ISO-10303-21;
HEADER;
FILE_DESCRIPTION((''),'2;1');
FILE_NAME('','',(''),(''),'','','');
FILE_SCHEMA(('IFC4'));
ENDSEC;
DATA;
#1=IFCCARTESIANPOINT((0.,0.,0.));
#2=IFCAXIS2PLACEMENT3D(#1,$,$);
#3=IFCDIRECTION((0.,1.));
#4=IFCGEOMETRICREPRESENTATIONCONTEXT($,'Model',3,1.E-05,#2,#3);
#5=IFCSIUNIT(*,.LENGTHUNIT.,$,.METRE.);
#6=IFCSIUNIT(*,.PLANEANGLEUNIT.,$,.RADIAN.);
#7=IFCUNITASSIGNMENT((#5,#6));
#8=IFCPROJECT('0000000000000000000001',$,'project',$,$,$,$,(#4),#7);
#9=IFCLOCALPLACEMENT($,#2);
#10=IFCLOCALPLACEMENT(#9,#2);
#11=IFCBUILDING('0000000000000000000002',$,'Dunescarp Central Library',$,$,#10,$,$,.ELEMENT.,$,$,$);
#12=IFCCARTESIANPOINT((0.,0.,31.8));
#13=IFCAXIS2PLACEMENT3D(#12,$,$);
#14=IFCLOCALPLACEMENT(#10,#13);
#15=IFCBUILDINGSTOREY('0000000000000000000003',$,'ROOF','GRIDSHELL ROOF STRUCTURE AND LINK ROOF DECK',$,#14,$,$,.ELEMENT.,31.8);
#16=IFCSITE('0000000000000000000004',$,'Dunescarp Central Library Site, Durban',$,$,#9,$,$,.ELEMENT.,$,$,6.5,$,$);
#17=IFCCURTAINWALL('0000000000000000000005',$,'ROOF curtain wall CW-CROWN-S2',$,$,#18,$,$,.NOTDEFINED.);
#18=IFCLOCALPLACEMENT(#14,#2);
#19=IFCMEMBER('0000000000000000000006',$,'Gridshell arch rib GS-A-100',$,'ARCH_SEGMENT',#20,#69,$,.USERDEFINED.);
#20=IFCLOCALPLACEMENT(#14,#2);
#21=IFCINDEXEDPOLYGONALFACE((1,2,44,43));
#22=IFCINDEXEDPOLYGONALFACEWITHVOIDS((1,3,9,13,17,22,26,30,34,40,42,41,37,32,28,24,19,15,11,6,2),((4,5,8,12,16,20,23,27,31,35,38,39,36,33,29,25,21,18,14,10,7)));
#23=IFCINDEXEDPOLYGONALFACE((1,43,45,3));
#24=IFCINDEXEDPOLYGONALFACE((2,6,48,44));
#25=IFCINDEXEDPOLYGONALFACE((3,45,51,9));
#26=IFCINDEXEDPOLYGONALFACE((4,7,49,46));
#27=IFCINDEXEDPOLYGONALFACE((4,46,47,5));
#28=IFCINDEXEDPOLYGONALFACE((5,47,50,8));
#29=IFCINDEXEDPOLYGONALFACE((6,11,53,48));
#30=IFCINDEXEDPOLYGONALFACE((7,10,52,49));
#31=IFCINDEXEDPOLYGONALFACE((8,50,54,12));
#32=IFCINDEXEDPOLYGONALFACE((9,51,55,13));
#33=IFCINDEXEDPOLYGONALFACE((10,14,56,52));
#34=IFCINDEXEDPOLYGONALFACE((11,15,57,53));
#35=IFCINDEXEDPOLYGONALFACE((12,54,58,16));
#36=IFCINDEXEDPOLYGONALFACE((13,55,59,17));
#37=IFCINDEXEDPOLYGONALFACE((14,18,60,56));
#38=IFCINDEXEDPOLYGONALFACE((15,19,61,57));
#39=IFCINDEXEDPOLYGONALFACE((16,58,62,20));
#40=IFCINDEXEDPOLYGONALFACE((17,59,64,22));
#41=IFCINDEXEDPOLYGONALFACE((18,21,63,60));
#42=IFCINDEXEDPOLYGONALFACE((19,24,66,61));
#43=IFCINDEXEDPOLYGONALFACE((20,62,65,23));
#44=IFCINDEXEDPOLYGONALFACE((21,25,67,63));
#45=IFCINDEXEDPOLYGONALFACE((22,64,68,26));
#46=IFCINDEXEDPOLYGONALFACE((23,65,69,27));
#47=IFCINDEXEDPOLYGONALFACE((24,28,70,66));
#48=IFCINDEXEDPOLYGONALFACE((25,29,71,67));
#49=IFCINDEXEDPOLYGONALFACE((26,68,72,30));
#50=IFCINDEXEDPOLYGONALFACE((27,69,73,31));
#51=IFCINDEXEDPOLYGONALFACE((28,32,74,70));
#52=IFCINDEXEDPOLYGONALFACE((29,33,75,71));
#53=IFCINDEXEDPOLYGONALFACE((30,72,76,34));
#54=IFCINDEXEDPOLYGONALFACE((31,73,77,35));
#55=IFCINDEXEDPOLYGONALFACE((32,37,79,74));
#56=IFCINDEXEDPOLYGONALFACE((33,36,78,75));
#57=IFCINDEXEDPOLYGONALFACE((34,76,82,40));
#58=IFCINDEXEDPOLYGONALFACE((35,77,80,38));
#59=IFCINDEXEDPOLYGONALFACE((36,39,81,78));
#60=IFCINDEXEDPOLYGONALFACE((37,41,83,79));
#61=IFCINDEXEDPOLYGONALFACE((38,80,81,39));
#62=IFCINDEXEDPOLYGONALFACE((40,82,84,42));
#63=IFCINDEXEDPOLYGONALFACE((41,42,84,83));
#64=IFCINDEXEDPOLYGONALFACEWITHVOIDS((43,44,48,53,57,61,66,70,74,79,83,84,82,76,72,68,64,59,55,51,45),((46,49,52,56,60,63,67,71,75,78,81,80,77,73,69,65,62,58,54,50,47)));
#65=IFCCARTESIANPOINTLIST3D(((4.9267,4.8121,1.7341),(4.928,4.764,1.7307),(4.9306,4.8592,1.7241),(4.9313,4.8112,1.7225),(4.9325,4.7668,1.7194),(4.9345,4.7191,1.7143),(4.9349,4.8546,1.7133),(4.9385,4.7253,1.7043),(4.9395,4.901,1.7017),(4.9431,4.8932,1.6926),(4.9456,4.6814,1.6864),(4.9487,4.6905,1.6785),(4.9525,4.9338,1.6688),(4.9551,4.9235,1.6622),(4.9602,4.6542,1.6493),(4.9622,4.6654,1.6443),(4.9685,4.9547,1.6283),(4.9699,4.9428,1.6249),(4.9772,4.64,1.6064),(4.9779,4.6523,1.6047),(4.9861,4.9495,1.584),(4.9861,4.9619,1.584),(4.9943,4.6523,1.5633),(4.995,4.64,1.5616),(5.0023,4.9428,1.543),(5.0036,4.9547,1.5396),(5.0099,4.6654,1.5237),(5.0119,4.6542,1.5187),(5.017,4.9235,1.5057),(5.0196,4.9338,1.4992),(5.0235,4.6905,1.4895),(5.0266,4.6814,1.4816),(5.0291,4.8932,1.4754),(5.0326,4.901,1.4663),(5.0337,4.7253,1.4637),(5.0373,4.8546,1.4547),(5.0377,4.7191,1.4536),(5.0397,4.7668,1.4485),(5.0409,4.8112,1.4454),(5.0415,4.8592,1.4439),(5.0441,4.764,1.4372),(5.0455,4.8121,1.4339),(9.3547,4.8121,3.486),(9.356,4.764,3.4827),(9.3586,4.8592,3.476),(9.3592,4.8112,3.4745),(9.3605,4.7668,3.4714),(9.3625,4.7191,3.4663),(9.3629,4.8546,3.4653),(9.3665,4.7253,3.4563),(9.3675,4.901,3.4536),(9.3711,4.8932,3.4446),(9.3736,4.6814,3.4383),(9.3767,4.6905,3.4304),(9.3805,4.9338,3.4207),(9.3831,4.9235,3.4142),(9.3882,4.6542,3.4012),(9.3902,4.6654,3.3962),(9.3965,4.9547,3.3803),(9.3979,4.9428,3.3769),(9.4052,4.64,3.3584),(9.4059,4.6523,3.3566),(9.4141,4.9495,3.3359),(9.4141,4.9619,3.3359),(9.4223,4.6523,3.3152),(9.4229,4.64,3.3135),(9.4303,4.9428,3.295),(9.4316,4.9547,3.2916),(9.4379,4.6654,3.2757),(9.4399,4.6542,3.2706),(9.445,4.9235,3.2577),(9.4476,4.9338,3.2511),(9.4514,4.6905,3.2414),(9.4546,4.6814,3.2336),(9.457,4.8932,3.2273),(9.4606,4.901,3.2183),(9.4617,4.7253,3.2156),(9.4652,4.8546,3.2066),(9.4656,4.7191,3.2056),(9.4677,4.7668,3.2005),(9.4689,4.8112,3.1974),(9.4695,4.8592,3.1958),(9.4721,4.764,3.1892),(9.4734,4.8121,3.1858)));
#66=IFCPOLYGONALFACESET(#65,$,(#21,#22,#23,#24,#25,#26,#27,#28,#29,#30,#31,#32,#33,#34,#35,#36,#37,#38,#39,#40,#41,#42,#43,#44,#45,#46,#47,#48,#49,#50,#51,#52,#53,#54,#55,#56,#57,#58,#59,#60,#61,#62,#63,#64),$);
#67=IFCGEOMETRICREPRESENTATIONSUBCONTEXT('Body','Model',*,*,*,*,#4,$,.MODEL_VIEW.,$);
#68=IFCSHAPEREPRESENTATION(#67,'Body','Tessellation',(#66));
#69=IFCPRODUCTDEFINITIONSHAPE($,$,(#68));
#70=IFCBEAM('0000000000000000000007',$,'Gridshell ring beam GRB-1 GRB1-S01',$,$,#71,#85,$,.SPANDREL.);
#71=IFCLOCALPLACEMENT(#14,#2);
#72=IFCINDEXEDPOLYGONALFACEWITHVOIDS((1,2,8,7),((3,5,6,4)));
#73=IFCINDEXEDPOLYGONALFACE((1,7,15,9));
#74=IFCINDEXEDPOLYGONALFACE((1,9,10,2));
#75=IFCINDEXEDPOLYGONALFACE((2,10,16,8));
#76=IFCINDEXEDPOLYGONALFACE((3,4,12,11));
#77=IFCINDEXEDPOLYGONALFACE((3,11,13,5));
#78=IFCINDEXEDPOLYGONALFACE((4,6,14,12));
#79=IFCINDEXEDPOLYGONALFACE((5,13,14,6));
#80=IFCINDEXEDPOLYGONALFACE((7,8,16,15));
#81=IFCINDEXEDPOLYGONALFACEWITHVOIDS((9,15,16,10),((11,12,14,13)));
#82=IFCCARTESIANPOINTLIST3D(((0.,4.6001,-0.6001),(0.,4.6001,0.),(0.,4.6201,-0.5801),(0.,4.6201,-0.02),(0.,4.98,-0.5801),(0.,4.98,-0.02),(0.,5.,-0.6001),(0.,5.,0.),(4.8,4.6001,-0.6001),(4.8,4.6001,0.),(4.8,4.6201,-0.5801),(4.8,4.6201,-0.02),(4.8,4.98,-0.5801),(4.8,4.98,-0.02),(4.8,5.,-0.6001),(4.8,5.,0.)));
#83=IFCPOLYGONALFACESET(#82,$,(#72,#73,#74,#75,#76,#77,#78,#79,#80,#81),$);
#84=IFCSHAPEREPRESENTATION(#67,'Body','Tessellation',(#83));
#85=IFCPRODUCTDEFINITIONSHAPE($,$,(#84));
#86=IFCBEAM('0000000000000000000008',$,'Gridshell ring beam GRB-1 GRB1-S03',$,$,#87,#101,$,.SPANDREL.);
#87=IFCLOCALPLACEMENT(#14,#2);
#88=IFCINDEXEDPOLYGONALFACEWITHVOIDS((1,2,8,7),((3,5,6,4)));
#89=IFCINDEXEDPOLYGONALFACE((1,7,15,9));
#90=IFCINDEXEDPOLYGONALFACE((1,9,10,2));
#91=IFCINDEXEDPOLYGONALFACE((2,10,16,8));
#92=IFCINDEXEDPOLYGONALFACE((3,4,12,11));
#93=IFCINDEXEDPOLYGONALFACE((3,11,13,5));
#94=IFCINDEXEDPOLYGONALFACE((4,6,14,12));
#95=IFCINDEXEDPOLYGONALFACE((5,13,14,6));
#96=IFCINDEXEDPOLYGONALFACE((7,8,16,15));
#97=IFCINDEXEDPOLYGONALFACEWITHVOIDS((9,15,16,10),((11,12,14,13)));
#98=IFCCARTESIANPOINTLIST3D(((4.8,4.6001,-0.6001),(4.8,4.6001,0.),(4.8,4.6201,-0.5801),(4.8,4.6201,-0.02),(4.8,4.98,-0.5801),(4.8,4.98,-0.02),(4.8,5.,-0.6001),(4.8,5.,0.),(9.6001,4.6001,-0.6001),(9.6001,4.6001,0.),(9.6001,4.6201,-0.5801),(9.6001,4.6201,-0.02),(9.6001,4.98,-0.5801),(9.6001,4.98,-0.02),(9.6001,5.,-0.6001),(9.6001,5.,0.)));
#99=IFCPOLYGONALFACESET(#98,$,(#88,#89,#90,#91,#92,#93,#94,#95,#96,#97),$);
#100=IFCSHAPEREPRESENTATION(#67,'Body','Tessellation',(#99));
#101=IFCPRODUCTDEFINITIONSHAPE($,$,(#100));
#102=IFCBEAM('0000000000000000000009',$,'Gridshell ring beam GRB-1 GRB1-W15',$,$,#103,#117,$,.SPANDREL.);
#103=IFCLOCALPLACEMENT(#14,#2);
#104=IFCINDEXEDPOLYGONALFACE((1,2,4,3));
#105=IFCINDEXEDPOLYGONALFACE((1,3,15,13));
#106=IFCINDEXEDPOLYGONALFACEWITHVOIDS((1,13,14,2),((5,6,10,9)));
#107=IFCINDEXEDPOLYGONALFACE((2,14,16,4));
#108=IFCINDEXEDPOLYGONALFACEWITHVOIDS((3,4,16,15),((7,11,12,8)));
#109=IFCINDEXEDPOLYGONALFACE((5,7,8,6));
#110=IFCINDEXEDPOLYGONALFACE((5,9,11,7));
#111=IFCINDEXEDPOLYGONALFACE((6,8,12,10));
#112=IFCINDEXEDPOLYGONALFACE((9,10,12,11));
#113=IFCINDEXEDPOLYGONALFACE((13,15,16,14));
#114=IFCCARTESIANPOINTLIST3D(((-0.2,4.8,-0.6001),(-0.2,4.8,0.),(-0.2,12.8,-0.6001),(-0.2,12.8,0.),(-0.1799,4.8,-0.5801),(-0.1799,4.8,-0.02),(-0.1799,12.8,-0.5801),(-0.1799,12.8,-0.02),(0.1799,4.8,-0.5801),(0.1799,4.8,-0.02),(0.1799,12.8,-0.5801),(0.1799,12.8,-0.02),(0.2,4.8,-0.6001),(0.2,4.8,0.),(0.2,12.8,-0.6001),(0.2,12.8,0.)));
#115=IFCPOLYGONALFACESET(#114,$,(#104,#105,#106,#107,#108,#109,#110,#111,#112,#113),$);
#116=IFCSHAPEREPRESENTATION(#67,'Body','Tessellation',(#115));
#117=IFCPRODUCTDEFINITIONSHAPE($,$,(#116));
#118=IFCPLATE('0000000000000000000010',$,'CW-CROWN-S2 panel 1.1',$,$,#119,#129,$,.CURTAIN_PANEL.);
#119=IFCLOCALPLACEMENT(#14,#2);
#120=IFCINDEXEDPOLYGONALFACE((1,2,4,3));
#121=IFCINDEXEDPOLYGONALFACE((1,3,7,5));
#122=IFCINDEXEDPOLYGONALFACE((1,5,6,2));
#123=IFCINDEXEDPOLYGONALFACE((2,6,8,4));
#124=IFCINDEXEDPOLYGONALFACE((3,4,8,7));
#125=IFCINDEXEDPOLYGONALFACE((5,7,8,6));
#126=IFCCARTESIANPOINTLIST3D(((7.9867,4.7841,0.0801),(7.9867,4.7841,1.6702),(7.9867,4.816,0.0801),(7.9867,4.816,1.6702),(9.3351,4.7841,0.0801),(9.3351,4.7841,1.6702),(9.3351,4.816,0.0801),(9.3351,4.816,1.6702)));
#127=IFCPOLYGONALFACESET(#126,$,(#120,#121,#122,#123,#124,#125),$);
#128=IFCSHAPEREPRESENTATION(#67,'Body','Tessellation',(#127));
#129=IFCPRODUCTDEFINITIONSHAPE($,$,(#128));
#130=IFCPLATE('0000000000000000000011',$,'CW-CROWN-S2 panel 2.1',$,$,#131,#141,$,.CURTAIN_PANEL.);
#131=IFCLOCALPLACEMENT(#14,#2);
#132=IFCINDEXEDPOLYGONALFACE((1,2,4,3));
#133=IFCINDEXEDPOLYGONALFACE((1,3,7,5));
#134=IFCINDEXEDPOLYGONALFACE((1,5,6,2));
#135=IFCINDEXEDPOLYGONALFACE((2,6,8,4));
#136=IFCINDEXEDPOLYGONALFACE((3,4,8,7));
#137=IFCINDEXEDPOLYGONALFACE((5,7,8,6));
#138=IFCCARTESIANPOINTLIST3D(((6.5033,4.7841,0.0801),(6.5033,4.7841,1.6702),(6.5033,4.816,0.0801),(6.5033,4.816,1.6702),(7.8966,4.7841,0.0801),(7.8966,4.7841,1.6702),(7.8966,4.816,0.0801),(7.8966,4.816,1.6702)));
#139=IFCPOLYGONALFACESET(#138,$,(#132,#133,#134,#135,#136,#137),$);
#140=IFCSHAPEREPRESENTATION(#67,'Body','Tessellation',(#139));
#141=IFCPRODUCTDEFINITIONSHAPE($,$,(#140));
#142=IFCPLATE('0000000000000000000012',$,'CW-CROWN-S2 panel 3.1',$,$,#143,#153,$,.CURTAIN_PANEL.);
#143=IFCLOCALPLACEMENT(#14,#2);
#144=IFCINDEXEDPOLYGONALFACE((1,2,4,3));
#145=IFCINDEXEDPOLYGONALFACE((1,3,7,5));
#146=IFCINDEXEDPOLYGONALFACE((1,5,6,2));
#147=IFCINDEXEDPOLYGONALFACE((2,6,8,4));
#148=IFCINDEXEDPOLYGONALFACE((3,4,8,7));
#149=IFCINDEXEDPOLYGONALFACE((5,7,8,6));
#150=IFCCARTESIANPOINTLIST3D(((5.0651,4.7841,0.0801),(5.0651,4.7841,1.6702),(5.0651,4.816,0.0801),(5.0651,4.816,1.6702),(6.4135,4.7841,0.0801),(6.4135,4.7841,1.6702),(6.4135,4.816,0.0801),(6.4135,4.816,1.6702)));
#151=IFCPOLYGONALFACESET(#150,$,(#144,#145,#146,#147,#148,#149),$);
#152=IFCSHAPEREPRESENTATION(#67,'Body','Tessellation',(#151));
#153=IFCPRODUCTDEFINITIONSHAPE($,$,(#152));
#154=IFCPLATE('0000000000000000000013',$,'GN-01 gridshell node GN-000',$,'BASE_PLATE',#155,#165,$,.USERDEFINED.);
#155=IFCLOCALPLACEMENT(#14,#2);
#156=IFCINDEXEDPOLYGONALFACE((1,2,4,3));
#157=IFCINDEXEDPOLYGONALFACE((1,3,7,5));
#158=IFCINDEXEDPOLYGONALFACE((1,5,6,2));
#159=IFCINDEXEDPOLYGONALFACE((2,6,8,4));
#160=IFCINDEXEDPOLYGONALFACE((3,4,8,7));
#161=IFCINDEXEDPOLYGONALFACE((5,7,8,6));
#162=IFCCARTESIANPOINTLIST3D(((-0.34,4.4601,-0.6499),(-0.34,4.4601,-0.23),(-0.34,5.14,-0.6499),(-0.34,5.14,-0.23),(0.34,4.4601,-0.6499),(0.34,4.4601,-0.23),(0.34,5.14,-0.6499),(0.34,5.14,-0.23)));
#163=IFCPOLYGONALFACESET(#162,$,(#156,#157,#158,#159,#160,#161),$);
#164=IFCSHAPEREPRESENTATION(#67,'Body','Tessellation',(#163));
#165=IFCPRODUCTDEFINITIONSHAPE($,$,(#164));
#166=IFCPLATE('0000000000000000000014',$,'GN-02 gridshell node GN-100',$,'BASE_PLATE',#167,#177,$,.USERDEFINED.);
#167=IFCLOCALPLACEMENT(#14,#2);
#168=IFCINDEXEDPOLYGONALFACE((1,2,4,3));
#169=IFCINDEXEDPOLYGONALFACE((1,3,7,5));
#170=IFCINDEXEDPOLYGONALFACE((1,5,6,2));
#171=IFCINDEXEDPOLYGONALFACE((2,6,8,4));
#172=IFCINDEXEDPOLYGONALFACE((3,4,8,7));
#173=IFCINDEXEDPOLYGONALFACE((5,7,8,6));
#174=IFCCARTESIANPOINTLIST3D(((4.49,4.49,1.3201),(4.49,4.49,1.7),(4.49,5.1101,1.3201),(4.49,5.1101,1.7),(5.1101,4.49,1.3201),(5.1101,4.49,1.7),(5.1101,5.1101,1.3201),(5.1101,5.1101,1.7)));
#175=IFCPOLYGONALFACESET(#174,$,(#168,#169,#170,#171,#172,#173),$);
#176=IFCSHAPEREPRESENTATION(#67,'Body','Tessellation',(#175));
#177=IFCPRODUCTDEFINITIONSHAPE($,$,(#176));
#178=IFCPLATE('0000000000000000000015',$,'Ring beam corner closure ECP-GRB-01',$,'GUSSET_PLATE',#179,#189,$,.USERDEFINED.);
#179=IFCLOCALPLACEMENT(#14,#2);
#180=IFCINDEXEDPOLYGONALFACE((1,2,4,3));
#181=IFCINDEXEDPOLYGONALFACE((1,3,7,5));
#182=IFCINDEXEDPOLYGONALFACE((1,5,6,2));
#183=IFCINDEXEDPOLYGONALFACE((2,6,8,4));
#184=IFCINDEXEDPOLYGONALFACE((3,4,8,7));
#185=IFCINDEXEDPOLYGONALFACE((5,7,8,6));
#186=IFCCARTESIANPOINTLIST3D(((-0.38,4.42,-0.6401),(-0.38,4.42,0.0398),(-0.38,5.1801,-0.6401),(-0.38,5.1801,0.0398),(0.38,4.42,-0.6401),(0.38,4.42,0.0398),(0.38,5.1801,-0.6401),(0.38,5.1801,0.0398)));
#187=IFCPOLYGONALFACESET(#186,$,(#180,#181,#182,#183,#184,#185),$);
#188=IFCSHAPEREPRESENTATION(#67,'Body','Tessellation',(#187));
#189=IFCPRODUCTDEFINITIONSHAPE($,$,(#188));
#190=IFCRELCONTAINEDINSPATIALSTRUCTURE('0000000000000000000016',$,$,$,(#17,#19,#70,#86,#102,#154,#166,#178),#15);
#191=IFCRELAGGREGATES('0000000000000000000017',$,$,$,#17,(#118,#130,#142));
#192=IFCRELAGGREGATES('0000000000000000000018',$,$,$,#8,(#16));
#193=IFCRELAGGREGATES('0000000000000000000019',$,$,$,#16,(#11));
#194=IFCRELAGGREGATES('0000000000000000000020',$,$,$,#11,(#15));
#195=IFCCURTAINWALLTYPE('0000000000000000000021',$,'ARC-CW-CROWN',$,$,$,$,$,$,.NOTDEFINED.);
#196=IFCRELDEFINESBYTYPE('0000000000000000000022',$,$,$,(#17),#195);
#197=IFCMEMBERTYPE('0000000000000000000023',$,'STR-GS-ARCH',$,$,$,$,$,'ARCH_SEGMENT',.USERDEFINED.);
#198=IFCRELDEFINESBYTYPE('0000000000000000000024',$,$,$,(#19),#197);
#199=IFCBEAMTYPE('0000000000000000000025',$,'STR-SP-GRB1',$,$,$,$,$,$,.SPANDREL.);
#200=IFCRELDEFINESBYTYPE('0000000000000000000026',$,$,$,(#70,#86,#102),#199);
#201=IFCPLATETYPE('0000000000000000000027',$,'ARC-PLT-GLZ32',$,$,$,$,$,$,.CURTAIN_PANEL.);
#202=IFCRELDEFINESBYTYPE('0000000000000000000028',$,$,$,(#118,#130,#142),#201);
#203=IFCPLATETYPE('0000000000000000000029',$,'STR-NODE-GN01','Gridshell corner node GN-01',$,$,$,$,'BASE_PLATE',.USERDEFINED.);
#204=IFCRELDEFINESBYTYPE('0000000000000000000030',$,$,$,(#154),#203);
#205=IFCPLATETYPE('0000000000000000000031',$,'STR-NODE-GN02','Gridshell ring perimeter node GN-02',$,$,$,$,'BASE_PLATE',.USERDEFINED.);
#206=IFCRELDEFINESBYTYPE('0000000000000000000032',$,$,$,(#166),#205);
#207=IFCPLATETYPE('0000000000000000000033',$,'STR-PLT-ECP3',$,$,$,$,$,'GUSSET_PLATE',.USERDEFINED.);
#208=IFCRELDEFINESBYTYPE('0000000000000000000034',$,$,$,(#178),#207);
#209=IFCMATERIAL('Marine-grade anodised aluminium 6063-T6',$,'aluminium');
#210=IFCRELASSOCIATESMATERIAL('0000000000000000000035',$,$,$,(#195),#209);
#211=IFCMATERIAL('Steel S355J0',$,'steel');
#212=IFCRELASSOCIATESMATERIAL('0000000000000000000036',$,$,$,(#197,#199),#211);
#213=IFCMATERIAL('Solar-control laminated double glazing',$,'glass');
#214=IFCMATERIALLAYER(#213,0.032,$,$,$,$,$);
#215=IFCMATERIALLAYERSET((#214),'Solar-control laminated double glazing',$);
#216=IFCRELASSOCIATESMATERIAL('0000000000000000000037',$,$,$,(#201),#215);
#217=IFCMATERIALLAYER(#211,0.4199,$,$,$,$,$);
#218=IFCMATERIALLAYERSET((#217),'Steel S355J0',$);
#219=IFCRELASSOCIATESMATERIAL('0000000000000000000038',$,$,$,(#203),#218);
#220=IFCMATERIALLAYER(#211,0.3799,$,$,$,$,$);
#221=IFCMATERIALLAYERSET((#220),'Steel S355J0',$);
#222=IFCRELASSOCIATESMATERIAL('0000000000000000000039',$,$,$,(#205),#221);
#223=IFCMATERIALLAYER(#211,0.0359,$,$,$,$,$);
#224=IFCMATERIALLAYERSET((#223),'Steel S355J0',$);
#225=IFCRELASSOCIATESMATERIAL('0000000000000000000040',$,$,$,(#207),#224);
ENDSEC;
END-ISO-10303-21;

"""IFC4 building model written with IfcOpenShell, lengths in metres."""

from ifc_helpers import new_model, si_unit, direction, frame, origin, origin_2d, place, context, subcontext, project, spatial, rectangle, hollow_rectangle, hollow_circle, extrude, material, layer, layer_set, material_profile, profile_set, type_object, element, aggregate, save


model = new_model("IFC4")

# Units and contexts
model_context = context("Model", 3, precision=1e-05, world=origin(), true_north=direction((0.0, 1.0)))
body_context = subcontext(model_context, "Body", "Model", "MODEL_VIEW")
ifc_project = project(units=[si_unit("LENGTHUNIT", "METRE"), si_unit("PLANEANGLEUNIT", "RADIAN")], contexts=[model_context])

# Site, building, storey
site_placement = place(None, origin())
site = spatial("IfcSite", under=ifc_project, at=site_placement, Name="Dunescarp Central Library Site, Durban", CompositionType="ELEMENT", RefElevation=6.5)
building_placement = place(site_placement, origin())
building = spatial("IfcBuilding", under=site, at=building_placement, Name="Dunescarp Central Library", CompositionType="ELEMENT")
storey_placement = place(building_placement, frame((0.0, 0.0, 31.8)))
storey = spatial("IfcBuildingStorey", under=building, at=storey_placement, Name="ROOF", Description="GRIDSHELL ROOF STRUCTURE AND LINK ROOF DECK", CompositionType="ELEMENT", Elevation=31.8)

# Curtain wall
ifc_material_1 = material(Name="Marine-grade anodised aluminium 6063-T6", Category="aluminium")
curtain_wall_type = type_object("IfcCurtainWallType", Name="ARC-CW-CROWN", PredefinedType="NOTDEFINED", material=ifc_material_1)
curtain_wall_placement = place(storey_placement, origin())
curtain_wall = element("IfcCurtainWall", 1, at=curtain_wall_placement, inside=storey, type_object=curtain_wall_type, Name="ROOF curtain wall CW-CROWN-S2", PredefinedType="NOTDEFINED")

# Member
ifc_material_2 = material(Name="Steel S355J0", Category="steel")
ifc_material_profile_1 = material_profile(ifc_material_2, hollow_circle(Radius=0.1619, WallThickness=0.0125, at=origin_2d()), Name="CHS 323.9x12.5")
ifc_profile_set_1 = profile_set([ifc_material_profile_1], Name="Steel S355J0")
member_type_1 = type_object("IfcMemberType", Name="STR-GS-ARCH", ElementType="ARCH_SEGMENT", PredefinedType="USERDEFINED", material=ifc_profile_set_1)
member_1_placement = place(storey_placement, frame((4.9861, 4.8, 1.584), z_axis=(0.929863, 0.0, 0.367905), x_axis=(0.0, 1.0, 0.0)))
element("IfcMember", 2, at=member_1_placement, inside=storey, type_object=member_type_1, Name="Gridshell arch rib GS-A-100", ObjectType="ARCH_SEGMENT", PredefinedType="USERDEFINED", context=body_context, shape_type="SweptSolid", body=[
    extrude(hollow_circle(Radius=0.1619, WallThickness=0.0125, at=origin_2d()), origin(), (0.0, 0.0, 1.0), 4.762),
])

# Beams
ifc_material_profile_2 = material_profile(ifc_material_2, hollow_rectangle(XDim=0.3999, YDim=0.6001, WallThickness=0.02, at=origin_2d()), Name="RHS 600x400x20")
ifc_profile_set_2 = profile_set([ifc_material_profile_2], Name="Steel S355J0")
beam_type = type_object("IfcBeamType", Name="STR-SP-GRB1", PredefinedType="SPANDREL", material=ifc_profile_set_2)
for number, where, z_axis, x_axis, name in (
    (3, (0.0, 4.8, -0.3), (1.0, 0.0, 0.0), (0.0, 1.0, 0.0), "Gridshell ring beam GRB-1 GRB1-S01"),
    (4, (4.8, 4.8, -0.3), (1.0, 0.0, 0.0), (0.0, 1.0, 0.0), "Gridshell ring beam GRB-1 GRB1-S03"),
):
    element("IfcBeam", number, at=place(storey_placement, frame(where, z_axis=z_axis, x_axis=x_axis)), inside=storey, type_object=beam_type, Name=name, PredefinedType="SPANDREL", context=body_context, shape_type="SweptSolid", body=[
        extrude(hollow_rectangle(XDim=0.3999, YDim=0.6001, WallThickness=0.02, at=origin_2d()), origin(), (0.0, 0.0, 1.0), 4.8),
    ])
beam_placement = place(storey_placement, frame((0.0, 4.8, -0.3), z_axis=(0.0, 1.0, 0.0), x_axis=(-1.0, 0.0, 0.0)))
element("IfcBeam", 5, at=beam_placement, inside=storey, type_object=beam_type, Name="Gridshell ring beam GRB-1 GRB1-W15", PredefinedType="SPANDREL", context=body_context, shape_type="SweptSolid", body=[
    extrude(hollow_rectangle(XDim=0.3999, YDim=0.6001, WallThickness=0.02, at=origin_2d()), origin(), (0.0, 0.0, 1.0), 8.0),
])

# Plates
ifc_material_3 = material(Name="Solar-control laminated double glazing", Category="glass")
ifc_layer_1 = layer(ifc_material_3, 0.032)
ifc_layer_set_1 = layer_set([ifc_layer_1], Name="Solar-control laminated double glazing")
plate_type_1 = type_object("IfcPlateType", Name="ARC-PLT-GLZ32", PredefinedType="CURTAIN_PANEL", material=ifc_layer_set_1)
plate_1_placement = place(storey_placement, frame((8.6609, 4.8, 0.0801), z_axis=(0.0, 0.0, 1.0), x_axis=(-1.0, 0.0, 0.0)))
plate_1 = element("IfcPlate", 6, at=plate_1_placement, type_object=plate_type_1, Name="CW-CROWN-S2 panel 1.1", PredefinedType="CURTAIN_PANEL", context=body_context, shape_type="SweptSolid", body=[
    extrude(rectangle(XDim=1.3484, YDim=0.032, at=origin_2d()), origin(), (0.0, 0.0, 1.0), 1.5901),
])
plate_2_placement = place(storey_placement, frame((7.2, 4.8, 0.0801), z_axis=(0.0, 0.0, 1.0), x_axis=(-1.0, 0.0, 0.0)))
plate_2 = element("IfcPlate", 7, at=plate_2_placement, type_object=plate_type_1, Name="CW-CROWN-S2 panel 2.1", PredefinedType="CURTAIN_PANEL", context=body_context, shape_type="SweptSolid", body=[
    extrude(rectangle(XDim=1.3933, YDim=0.032, at=origin_2d()), origin(), (0.0, 0.0, 1.0), 1.5901),
])
plate_3_placement = place(storey_placement, frame((5.7393, 4.8, 0.0801), z_axis=(0.0, 0.0, 1.0), x_axis=(-1.0, 0.0, 0.0)))
plate_3 = element("IfcPlate", 8, at=plate_3_placement, type_object=plate_type_1, Name="CW-CROWN-S2 panel 3.1", PredefinedType="CURTAIN_PANEL", context=body_context, shape_type="SweptSolid", body=[
    extrude(rectangle(XDim=1.3484, YDim=0.032, at=origin_2d()), origin(), (0.0, 0.0, 1.0), 1.5901),
])
aggregate(curtain_wall, [plate_1, plate_2, plate_3])

# Plates
ifc_layer_2 = layer(ifc_material_2, 0.4199)
ifc_layer_set_2 = layer_set([ifc_layer_2], Name="Steel S355J0")
plate_type_2 = type_object("IfcPlateType", Name="STR-NODE-GN01", Description="Gridshell corner node GN-01", ElementType="BASE_PLATE", PredefinedType="USERDEFINED", material=ifc_layer_set_2)
plate_4_placement = place(storey_placement, frame((0.0, 4.8, -0.6499), z_axis=(0.0, 0.0, 1.0), x_axis=(1.0, 0.0, 0.0)))
element("IfcPlate", 9, at=plate_4_placement, inside=storey, type_object=plate_type_2, Name="GN-01 gridshell node GN-000", ObjectType="BASE_PLATE", PredefinedType="USERDEFINED", context=body_context, shape_type="SweptSolid", body=[
    extrude(rectangle(XDim=0.6799, YDim=0.6799, at=origin_2d()), origin(), (0.0, 0.0, 1.0), 0.4199),
])
ifc_layer_3 = layer(ifc_material_2, 0.3799)
ifc_layer_set_3 = layer_set([ifc_layer_3], Name="Steel S355J0")
plate_type_3 = type_object("IfcPlateType", Name="STR-NODE-GN02", Description="Gridshell ring perimeter node GN-02", ElementType="BASE_PLATE", PredefinedType="USERDEFINED", material=ifc_layer_set_3)
plate_5_placement = place(storey_placement, frame((4.8, 4.8, 1.3201), z_axis=(0.0, 0.0, 1.0), x_axis=(1.0, 0.0, 0.0)))
element("IfcPlate", 10, at=plate_5_placement, inside=storey, type_object=plate_type_3, Name="GN-02 gridshell node GN-100", ObjectType="BASE_PLATE", PredefinedType="USERDEFINED", context=body_context, shape_type="SweptSolid", body=[
    extrude(rectangle(XDim=0.6201, YDim=0.6201, at=origin_2d()), origin(), (0.0, 0.0, 1.0), 0.3799),
])
ifc_layer_4 = layer(ifc_material_2, 0.0359)
ifc_layer_set_4 = layer_set([ifc_layer_4], Name="Steel S355J0")
plate_type_4 = type_object("IfcPlateType", Name="STR-PLT-ECP3", ElementType="GUSSET_PLATE", PredefinedType="USERDEFINED", material=ifc_layer_set_4)
plate_6_placement = place(storey_placement, frame((0.0, 4.8, -0.6401), z_axis=(0.0, 0.0, 1.0), x_axis=(1.0, 0.0, 0.0)))
element("IfcPlate", 11, at=plate_6_placement, inside=storey, type_object=plate_type_4, Name="Ring beam corner closure ECP-GRB-01", ObjectType="GUSSET_PLATE", PredefinedType="USERDEFINED", context=body_context, shape_type="SweptSolid", body=[
    extrude(rectangle(XDim=0.76, YDim=0.76, at=origin_2d()), origin(), (0.0, 0.0, 1.0), 0.6799),
])

save(model, "model.ifc")
